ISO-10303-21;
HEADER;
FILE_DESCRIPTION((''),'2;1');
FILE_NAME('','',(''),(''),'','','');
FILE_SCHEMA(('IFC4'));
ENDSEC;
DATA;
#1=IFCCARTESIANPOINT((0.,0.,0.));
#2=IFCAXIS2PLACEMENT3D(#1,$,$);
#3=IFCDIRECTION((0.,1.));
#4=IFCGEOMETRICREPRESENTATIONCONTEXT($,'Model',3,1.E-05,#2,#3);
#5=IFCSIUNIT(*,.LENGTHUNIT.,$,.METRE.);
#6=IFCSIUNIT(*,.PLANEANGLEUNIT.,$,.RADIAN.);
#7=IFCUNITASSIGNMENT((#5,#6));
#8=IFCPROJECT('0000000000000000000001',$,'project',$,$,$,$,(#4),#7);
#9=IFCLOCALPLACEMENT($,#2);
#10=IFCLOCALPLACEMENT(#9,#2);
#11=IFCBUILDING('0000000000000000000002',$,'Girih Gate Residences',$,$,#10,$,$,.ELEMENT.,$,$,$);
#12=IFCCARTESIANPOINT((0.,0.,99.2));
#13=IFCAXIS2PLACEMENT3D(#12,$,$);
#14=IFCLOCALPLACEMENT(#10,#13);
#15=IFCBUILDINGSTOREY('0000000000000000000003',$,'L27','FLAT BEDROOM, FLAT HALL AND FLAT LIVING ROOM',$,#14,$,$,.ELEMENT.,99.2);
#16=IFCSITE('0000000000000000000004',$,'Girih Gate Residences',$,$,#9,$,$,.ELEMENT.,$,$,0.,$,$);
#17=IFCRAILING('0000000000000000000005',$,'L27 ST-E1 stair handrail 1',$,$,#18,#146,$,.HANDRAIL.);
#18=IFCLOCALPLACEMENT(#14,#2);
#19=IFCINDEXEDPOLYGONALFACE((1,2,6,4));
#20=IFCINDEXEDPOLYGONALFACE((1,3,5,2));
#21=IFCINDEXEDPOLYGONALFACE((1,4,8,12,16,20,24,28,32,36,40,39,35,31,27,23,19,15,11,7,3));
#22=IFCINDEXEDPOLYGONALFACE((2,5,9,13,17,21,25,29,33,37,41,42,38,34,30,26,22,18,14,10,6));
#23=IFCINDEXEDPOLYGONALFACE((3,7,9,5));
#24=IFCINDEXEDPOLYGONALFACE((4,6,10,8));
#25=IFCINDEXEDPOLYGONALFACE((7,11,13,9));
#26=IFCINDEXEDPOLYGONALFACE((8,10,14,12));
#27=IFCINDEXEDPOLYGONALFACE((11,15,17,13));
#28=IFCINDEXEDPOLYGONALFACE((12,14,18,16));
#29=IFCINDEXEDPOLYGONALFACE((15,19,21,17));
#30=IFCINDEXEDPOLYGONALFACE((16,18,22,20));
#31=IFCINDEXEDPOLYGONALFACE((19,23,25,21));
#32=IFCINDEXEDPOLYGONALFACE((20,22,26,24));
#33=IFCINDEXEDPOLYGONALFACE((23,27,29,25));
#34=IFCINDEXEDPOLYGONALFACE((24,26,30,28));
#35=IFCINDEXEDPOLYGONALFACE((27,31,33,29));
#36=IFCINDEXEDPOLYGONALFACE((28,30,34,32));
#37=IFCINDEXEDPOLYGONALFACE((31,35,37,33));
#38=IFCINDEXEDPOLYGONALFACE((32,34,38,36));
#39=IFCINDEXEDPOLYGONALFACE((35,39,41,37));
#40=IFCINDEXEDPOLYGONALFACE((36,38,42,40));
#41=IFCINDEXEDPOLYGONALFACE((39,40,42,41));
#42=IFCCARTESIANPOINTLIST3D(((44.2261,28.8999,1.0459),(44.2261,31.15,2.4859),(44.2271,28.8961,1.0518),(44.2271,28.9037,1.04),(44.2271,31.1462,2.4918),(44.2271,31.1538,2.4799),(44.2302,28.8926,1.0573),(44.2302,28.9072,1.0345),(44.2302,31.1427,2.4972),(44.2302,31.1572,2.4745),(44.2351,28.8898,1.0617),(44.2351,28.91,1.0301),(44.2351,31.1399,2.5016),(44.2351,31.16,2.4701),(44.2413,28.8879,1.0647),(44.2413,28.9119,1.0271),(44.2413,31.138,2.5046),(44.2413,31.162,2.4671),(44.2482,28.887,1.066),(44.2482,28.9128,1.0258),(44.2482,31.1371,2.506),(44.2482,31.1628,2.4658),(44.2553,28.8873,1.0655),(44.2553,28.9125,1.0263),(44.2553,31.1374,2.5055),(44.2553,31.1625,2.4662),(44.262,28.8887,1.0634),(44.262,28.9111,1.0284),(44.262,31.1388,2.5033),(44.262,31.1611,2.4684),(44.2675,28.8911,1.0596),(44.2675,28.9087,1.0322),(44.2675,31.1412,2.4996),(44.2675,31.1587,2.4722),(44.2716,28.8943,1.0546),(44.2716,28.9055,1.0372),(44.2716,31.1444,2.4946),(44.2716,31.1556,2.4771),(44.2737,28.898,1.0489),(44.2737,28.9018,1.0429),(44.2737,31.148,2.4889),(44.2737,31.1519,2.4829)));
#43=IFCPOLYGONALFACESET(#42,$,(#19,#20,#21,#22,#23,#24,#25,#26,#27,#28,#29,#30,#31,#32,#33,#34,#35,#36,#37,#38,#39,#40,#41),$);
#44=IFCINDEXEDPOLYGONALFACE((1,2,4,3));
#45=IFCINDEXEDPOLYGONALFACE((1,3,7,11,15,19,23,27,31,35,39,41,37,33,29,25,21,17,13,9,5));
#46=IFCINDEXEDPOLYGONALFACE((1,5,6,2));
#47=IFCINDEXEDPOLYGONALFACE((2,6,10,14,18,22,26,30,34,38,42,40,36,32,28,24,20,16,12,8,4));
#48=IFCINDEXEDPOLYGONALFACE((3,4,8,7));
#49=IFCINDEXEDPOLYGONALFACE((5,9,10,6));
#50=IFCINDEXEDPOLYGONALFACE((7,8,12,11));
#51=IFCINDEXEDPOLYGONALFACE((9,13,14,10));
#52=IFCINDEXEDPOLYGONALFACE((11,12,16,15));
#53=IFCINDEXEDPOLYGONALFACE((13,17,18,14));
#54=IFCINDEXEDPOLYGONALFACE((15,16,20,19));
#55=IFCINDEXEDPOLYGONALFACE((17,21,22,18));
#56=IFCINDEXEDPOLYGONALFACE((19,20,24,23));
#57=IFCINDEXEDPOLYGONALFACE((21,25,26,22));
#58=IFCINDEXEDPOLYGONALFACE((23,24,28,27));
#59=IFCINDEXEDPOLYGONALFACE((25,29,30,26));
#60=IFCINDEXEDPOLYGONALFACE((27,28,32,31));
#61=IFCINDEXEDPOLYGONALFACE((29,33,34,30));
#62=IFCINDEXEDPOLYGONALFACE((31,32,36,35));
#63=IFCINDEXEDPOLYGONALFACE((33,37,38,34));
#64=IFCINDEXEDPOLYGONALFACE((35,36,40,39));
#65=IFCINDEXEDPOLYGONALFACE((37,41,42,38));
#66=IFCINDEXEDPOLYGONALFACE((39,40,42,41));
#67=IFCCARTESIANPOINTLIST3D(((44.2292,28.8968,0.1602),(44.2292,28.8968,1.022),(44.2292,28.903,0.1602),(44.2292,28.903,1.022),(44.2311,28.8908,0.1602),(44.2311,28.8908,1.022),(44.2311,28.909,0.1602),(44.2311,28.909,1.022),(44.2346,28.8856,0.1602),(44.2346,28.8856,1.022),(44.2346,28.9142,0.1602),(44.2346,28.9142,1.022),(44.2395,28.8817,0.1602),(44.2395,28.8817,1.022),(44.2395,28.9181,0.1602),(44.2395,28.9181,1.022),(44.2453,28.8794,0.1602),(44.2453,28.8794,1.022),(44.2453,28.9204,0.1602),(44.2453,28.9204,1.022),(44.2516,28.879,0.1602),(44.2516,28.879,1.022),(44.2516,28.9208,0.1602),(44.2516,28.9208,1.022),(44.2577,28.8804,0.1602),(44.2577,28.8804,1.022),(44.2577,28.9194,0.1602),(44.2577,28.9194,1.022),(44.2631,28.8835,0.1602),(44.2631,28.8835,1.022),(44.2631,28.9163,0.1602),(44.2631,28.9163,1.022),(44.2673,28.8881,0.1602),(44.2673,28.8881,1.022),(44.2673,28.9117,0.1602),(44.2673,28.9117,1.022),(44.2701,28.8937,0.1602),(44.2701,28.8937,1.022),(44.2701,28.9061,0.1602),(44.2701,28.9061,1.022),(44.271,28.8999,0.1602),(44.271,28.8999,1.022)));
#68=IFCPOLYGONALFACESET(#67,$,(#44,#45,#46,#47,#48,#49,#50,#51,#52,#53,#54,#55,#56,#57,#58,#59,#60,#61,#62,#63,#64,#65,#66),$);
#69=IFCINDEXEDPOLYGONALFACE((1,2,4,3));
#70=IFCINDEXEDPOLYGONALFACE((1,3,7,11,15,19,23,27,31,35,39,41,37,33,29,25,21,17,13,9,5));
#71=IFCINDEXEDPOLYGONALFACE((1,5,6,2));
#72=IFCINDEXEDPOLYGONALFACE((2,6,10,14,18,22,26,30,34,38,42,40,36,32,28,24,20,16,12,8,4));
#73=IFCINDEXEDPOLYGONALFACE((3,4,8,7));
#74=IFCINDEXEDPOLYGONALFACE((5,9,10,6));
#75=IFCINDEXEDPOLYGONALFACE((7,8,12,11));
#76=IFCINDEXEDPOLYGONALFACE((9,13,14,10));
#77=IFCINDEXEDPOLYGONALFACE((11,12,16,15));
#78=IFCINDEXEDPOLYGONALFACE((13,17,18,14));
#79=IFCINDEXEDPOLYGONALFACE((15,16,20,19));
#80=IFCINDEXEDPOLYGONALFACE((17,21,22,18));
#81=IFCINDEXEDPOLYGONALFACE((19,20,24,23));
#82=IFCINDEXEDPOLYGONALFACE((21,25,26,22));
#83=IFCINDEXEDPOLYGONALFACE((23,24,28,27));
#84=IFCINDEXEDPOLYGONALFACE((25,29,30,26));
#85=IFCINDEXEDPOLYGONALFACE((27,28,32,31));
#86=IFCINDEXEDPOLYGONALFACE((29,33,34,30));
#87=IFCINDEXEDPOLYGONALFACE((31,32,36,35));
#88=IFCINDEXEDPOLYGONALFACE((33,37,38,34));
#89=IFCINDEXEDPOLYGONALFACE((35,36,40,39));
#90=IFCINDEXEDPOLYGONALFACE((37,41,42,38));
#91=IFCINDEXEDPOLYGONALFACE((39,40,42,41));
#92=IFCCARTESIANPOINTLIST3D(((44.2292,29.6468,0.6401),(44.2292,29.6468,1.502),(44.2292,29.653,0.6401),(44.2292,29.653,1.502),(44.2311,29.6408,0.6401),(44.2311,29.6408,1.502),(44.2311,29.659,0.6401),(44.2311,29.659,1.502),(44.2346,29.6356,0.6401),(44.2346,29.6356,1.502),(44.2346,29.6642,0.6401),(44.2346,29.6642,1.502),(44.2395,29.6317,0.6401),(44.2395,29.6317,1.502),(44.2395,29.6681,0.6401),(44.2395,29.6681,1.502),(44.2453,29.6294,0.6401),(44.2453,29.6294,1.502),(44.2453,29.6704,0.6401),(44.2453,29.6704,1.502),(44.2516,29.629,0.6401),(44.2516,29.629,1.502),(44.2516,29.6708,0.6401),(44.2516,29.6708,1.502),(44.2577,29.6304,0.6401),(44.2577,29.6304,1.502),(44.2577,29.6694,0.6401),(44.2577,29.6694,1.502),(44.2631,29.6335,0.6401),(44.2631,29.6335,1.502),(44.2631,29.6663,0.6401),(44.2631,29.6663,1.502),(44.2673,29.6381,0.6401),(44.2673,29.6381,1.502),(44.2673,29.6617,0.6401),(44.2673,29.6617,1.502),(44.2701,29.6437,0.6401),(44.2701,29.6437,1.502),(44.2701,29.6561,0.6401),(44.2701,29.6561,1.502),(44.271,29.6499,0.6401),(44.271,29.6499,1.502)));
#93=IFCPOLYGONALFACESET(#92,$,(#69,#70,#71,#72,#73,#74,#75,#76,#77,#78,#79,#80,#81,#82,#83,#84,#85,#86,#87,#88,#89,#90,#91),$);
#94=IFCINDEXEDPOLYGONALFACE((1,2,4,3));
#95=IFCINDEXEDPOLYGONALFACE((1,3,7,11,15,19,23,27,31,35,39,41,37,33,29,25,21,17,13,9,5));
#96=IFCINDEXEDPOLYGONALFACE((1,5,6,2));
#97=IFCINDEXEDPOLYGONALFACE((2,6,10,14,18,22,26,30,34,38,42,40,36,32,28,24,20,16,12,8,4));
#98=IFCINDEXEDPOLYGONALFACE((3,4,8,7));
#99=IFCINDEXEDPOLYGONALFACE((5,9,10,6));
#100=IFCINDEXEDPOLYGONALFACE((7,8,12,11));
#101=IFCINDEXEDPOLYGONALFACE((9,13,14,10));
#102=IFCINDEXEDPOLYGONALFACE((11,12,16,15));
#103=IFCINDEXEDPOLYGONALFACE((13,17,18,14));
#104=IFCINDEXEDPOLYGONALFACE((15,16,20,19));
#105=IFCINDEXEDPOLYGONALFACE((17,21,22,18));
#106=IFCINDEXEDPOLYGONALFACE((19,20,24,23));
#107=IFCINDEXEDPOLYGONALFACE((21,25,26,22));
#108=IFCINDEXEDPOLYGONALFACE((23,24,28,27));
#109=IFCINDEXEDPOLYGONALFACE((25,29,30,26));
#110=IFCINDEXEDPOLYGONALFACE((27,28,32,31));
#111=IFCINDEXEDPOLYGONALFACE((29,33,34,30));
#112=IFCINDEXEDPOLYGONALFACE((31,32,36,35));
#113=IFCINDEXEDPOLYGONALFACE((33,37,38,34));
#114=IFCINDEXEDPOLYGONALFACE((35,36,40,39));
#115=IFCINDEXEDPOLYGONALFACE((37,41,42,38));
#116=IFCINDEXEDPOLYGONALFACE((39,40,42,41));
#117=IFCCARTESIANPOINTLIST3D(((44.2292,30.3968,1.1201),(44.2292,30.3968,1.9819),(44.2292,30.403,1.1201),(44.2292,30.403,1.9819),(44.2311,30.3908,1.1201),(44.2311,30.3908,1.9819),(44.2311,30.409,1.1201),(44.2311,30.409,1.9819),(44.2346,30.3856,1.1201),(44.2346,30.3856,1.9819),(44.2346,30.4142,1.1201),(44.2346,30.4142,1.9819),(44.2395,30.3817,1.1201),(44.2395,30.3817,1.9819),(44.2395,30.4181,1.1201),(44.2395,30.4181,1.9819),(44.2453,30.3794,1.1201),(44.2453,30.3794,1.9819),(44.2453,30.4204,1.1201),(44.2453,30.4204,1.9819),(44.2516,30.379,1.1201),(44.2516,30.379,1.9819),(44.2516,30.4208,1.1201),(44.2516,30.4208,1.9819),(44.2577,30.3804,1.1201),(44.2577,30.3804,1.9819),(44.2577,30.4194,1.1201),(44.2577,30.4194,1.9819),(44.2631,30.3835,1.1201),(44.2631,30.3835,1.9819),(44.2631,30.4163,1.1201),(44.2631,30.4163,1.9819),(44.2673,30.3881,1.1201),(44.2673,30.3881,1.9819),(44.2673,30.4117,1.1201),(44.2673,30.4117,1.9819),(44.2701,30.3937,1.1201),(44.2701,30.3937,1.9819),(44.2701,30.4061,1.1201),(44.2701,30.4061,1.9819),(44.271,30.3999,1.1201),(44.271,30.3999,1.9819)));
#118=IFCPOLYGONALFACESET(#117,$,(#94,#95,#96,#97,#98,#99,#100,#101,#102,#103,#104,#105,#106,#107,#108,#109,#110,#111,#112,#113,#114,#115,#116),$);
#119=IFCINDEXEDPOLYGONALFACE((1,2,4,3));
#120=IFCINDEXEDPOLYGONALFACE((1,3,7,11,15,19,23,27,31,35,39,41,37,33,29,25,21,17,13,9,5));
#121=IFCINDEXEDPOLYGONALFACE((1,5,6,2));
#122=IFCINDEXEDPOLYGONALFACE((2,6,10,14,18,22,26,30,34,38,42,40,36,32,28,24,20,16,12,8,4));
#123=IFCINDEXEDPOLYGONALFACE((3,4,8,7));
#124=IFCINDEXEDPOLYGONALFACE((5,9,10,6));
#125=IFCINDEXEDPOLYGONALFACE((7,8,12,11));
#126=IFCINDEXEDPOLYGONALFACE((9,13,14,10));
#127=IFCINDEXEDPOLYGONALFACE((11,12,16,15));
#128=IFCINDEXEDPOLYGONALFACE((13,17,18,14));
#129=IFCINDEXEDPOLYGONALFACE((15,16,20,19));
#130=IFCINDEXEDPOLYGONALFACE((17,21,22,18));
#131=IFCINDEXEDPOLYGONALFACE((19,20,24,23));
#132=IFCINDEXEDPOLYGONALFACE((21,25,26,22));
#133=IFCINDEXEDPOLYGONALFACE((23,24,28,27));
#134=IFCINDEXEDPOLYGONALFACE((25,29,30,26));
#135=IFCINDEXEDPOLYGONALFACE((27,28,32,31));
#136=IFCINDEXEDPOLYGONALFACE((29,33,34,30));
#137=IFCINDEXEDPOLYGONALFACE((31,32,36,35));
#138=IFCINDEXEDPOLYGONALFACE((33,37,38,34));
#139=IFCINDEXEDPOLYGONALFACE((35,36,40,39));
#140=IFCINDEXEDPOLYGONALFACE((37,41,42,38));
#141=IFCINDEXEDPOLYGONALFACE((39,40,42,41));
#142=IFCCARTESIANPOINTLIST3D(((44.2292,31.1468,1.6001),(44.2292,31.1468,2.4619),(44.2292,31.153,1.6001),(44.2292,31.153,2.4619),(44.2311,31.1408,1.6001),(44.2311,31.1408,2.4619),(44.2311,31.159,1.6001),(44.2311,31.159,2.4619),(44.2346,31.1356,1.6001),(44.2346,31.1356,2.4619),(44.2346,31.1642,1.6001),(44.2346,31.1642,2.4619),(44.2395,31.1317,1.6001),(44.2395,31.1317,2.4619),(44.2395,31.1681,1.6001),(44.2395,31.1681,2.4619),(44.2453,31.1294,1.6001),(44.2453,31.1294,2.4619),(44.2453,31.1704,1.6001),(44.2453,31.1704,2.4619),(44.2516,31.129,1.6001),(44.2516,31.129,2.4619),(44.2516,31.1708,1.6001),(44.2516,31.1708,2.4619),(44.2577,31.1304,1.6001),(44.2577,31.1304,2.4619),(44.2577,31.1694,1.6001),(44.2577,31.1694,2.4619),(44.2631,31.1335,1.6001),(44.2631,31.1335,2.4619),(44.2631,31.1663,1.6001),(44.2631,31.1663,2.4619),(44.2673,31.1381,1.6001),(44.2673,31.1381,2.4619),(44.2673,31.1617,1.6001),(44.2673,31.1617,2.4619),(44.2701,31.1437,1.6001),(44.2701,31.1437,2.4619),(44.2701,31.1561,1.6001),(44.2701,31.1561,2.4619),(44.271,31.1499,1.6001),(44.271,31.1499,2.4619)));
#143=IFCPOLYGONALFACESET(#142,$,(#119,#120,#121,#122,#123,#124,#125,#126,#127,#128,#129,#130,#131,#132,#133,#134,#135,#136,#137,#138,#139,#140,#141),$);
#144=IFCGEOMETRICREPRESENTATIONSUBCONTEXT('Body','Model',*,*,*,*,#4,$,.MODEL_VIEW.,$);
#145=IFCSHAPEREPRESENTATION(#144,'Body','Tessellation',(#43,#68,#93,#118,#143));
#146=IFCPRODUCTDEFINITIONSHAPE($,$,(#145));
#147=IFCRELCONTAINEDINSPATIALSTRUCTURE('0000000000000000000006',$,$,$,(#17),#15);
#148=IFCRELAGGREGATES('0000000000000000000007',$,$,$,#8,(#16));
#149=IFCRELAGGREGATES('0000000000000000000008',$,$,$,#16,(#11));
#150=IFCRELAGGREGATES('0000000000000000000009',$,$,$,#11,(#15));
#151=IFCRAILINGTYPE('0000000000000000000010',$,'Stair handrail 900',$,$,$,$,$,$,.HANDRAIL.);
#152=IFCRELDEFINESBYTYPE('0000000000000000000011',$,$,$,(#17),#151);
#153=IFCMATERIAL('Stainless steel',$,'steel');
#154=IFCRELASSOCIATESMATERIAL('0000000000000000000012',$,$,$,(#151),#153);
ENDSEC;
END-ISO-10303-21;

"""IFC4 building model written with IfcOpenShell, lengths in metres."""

from ifc_helpers import new_model, si_unit, direction, frame, origin, origin_2d, place, context, subcontext, project, spatial, circle, extrude, material, type_object, element, save


model = new_model("IFC4")

# Units and contexts
model_context = context("Model", 3, precision=1e-05, world=origin(), true_north=direction((0.0, 1.0)))
body_context = subcontext(model_context, "Body", "Model", "MODEL_VIEW")
ifc_project = project(units=[si_unit("LENGTHUNIT", "METRE"), si_unit("PLANEANGLEUNIT", "RADIAN")], contexts=[model_context])

# Site, building, storey
site_placement = place(None, origin())
site = spatial("IfcSite", under=ifc_project, at=site_placement, Name="Girih Gate Residences", CompositionType="ELEMENT", RefElevation=0.0)
building_placement = place(site_placement, origin())
building = spatial("IfcBuilding", under=site, at=building_placement, Name="Girih Gate Residences", CompositionType="ELEMENT")
storey_placement = place(building_placement, frame((0.0, 0.0, 99.2)))
storey = spatial("IfcBuildingStorey", under=building, at=storey_placement, Name="L27", Description="FLAT BEDROOM, FLAT HALL AND FLAT LIVING ROOM", CompositionType="ELEMENT", Elevation=99.2)

# Railing
ifc_material_1 = material(Name="Stainless steel", Category="steel")
railing_type_1 = type_object("IfcRailingType", Name="Stair handrail 900", PredefinedType="HANDRAIL", material=ifc_material_1)
railing_1_placement = place(storey_placement, frame((44.25, 28.8999, 0.1602)))
element("IfcRailing", 1, at=railing_1_placement, inside=storey, type_object=railing_type_1, Name="L27 ST-E1 stair handrail 1", PredefinedType="HANDRAIL", context=body_context, shape_type="SweptSolid", body=[
    extrude(circle(Radius=0.0239, at=origin_2d()), frame((0.0, 0.0, 0.8857), z_axis=(0.0, 0.842281, 0.539038), x_axis=(-1.0, 0.0, 0.0)), (0.0, 0.0, 1.0), 2.6714),
    extrude(circle(Radius=0.021, at=origin_2d()), origin(), (0.0, 0.0, 1.0), 0.8618),
    extrude(circle(Radius=0.021, at=origin_2d()), frame((0.0, 0.75, 0.48)), (0.0, 0.0, 1.0), 0.8618),
    extrude(circle(Radius=0.021, at=origin_2d()), frame((0.0, 1.5, 0.96)), (0.0, 0.0, 1.0), 0.8618),
    extrude(circle(Radius=0.021, at=origin_2d()), frame((0.0, 2.25, 1.4399)), (0.0, 0.0, 1.0), 0.8618),
])

save(model, "model.ifc")
